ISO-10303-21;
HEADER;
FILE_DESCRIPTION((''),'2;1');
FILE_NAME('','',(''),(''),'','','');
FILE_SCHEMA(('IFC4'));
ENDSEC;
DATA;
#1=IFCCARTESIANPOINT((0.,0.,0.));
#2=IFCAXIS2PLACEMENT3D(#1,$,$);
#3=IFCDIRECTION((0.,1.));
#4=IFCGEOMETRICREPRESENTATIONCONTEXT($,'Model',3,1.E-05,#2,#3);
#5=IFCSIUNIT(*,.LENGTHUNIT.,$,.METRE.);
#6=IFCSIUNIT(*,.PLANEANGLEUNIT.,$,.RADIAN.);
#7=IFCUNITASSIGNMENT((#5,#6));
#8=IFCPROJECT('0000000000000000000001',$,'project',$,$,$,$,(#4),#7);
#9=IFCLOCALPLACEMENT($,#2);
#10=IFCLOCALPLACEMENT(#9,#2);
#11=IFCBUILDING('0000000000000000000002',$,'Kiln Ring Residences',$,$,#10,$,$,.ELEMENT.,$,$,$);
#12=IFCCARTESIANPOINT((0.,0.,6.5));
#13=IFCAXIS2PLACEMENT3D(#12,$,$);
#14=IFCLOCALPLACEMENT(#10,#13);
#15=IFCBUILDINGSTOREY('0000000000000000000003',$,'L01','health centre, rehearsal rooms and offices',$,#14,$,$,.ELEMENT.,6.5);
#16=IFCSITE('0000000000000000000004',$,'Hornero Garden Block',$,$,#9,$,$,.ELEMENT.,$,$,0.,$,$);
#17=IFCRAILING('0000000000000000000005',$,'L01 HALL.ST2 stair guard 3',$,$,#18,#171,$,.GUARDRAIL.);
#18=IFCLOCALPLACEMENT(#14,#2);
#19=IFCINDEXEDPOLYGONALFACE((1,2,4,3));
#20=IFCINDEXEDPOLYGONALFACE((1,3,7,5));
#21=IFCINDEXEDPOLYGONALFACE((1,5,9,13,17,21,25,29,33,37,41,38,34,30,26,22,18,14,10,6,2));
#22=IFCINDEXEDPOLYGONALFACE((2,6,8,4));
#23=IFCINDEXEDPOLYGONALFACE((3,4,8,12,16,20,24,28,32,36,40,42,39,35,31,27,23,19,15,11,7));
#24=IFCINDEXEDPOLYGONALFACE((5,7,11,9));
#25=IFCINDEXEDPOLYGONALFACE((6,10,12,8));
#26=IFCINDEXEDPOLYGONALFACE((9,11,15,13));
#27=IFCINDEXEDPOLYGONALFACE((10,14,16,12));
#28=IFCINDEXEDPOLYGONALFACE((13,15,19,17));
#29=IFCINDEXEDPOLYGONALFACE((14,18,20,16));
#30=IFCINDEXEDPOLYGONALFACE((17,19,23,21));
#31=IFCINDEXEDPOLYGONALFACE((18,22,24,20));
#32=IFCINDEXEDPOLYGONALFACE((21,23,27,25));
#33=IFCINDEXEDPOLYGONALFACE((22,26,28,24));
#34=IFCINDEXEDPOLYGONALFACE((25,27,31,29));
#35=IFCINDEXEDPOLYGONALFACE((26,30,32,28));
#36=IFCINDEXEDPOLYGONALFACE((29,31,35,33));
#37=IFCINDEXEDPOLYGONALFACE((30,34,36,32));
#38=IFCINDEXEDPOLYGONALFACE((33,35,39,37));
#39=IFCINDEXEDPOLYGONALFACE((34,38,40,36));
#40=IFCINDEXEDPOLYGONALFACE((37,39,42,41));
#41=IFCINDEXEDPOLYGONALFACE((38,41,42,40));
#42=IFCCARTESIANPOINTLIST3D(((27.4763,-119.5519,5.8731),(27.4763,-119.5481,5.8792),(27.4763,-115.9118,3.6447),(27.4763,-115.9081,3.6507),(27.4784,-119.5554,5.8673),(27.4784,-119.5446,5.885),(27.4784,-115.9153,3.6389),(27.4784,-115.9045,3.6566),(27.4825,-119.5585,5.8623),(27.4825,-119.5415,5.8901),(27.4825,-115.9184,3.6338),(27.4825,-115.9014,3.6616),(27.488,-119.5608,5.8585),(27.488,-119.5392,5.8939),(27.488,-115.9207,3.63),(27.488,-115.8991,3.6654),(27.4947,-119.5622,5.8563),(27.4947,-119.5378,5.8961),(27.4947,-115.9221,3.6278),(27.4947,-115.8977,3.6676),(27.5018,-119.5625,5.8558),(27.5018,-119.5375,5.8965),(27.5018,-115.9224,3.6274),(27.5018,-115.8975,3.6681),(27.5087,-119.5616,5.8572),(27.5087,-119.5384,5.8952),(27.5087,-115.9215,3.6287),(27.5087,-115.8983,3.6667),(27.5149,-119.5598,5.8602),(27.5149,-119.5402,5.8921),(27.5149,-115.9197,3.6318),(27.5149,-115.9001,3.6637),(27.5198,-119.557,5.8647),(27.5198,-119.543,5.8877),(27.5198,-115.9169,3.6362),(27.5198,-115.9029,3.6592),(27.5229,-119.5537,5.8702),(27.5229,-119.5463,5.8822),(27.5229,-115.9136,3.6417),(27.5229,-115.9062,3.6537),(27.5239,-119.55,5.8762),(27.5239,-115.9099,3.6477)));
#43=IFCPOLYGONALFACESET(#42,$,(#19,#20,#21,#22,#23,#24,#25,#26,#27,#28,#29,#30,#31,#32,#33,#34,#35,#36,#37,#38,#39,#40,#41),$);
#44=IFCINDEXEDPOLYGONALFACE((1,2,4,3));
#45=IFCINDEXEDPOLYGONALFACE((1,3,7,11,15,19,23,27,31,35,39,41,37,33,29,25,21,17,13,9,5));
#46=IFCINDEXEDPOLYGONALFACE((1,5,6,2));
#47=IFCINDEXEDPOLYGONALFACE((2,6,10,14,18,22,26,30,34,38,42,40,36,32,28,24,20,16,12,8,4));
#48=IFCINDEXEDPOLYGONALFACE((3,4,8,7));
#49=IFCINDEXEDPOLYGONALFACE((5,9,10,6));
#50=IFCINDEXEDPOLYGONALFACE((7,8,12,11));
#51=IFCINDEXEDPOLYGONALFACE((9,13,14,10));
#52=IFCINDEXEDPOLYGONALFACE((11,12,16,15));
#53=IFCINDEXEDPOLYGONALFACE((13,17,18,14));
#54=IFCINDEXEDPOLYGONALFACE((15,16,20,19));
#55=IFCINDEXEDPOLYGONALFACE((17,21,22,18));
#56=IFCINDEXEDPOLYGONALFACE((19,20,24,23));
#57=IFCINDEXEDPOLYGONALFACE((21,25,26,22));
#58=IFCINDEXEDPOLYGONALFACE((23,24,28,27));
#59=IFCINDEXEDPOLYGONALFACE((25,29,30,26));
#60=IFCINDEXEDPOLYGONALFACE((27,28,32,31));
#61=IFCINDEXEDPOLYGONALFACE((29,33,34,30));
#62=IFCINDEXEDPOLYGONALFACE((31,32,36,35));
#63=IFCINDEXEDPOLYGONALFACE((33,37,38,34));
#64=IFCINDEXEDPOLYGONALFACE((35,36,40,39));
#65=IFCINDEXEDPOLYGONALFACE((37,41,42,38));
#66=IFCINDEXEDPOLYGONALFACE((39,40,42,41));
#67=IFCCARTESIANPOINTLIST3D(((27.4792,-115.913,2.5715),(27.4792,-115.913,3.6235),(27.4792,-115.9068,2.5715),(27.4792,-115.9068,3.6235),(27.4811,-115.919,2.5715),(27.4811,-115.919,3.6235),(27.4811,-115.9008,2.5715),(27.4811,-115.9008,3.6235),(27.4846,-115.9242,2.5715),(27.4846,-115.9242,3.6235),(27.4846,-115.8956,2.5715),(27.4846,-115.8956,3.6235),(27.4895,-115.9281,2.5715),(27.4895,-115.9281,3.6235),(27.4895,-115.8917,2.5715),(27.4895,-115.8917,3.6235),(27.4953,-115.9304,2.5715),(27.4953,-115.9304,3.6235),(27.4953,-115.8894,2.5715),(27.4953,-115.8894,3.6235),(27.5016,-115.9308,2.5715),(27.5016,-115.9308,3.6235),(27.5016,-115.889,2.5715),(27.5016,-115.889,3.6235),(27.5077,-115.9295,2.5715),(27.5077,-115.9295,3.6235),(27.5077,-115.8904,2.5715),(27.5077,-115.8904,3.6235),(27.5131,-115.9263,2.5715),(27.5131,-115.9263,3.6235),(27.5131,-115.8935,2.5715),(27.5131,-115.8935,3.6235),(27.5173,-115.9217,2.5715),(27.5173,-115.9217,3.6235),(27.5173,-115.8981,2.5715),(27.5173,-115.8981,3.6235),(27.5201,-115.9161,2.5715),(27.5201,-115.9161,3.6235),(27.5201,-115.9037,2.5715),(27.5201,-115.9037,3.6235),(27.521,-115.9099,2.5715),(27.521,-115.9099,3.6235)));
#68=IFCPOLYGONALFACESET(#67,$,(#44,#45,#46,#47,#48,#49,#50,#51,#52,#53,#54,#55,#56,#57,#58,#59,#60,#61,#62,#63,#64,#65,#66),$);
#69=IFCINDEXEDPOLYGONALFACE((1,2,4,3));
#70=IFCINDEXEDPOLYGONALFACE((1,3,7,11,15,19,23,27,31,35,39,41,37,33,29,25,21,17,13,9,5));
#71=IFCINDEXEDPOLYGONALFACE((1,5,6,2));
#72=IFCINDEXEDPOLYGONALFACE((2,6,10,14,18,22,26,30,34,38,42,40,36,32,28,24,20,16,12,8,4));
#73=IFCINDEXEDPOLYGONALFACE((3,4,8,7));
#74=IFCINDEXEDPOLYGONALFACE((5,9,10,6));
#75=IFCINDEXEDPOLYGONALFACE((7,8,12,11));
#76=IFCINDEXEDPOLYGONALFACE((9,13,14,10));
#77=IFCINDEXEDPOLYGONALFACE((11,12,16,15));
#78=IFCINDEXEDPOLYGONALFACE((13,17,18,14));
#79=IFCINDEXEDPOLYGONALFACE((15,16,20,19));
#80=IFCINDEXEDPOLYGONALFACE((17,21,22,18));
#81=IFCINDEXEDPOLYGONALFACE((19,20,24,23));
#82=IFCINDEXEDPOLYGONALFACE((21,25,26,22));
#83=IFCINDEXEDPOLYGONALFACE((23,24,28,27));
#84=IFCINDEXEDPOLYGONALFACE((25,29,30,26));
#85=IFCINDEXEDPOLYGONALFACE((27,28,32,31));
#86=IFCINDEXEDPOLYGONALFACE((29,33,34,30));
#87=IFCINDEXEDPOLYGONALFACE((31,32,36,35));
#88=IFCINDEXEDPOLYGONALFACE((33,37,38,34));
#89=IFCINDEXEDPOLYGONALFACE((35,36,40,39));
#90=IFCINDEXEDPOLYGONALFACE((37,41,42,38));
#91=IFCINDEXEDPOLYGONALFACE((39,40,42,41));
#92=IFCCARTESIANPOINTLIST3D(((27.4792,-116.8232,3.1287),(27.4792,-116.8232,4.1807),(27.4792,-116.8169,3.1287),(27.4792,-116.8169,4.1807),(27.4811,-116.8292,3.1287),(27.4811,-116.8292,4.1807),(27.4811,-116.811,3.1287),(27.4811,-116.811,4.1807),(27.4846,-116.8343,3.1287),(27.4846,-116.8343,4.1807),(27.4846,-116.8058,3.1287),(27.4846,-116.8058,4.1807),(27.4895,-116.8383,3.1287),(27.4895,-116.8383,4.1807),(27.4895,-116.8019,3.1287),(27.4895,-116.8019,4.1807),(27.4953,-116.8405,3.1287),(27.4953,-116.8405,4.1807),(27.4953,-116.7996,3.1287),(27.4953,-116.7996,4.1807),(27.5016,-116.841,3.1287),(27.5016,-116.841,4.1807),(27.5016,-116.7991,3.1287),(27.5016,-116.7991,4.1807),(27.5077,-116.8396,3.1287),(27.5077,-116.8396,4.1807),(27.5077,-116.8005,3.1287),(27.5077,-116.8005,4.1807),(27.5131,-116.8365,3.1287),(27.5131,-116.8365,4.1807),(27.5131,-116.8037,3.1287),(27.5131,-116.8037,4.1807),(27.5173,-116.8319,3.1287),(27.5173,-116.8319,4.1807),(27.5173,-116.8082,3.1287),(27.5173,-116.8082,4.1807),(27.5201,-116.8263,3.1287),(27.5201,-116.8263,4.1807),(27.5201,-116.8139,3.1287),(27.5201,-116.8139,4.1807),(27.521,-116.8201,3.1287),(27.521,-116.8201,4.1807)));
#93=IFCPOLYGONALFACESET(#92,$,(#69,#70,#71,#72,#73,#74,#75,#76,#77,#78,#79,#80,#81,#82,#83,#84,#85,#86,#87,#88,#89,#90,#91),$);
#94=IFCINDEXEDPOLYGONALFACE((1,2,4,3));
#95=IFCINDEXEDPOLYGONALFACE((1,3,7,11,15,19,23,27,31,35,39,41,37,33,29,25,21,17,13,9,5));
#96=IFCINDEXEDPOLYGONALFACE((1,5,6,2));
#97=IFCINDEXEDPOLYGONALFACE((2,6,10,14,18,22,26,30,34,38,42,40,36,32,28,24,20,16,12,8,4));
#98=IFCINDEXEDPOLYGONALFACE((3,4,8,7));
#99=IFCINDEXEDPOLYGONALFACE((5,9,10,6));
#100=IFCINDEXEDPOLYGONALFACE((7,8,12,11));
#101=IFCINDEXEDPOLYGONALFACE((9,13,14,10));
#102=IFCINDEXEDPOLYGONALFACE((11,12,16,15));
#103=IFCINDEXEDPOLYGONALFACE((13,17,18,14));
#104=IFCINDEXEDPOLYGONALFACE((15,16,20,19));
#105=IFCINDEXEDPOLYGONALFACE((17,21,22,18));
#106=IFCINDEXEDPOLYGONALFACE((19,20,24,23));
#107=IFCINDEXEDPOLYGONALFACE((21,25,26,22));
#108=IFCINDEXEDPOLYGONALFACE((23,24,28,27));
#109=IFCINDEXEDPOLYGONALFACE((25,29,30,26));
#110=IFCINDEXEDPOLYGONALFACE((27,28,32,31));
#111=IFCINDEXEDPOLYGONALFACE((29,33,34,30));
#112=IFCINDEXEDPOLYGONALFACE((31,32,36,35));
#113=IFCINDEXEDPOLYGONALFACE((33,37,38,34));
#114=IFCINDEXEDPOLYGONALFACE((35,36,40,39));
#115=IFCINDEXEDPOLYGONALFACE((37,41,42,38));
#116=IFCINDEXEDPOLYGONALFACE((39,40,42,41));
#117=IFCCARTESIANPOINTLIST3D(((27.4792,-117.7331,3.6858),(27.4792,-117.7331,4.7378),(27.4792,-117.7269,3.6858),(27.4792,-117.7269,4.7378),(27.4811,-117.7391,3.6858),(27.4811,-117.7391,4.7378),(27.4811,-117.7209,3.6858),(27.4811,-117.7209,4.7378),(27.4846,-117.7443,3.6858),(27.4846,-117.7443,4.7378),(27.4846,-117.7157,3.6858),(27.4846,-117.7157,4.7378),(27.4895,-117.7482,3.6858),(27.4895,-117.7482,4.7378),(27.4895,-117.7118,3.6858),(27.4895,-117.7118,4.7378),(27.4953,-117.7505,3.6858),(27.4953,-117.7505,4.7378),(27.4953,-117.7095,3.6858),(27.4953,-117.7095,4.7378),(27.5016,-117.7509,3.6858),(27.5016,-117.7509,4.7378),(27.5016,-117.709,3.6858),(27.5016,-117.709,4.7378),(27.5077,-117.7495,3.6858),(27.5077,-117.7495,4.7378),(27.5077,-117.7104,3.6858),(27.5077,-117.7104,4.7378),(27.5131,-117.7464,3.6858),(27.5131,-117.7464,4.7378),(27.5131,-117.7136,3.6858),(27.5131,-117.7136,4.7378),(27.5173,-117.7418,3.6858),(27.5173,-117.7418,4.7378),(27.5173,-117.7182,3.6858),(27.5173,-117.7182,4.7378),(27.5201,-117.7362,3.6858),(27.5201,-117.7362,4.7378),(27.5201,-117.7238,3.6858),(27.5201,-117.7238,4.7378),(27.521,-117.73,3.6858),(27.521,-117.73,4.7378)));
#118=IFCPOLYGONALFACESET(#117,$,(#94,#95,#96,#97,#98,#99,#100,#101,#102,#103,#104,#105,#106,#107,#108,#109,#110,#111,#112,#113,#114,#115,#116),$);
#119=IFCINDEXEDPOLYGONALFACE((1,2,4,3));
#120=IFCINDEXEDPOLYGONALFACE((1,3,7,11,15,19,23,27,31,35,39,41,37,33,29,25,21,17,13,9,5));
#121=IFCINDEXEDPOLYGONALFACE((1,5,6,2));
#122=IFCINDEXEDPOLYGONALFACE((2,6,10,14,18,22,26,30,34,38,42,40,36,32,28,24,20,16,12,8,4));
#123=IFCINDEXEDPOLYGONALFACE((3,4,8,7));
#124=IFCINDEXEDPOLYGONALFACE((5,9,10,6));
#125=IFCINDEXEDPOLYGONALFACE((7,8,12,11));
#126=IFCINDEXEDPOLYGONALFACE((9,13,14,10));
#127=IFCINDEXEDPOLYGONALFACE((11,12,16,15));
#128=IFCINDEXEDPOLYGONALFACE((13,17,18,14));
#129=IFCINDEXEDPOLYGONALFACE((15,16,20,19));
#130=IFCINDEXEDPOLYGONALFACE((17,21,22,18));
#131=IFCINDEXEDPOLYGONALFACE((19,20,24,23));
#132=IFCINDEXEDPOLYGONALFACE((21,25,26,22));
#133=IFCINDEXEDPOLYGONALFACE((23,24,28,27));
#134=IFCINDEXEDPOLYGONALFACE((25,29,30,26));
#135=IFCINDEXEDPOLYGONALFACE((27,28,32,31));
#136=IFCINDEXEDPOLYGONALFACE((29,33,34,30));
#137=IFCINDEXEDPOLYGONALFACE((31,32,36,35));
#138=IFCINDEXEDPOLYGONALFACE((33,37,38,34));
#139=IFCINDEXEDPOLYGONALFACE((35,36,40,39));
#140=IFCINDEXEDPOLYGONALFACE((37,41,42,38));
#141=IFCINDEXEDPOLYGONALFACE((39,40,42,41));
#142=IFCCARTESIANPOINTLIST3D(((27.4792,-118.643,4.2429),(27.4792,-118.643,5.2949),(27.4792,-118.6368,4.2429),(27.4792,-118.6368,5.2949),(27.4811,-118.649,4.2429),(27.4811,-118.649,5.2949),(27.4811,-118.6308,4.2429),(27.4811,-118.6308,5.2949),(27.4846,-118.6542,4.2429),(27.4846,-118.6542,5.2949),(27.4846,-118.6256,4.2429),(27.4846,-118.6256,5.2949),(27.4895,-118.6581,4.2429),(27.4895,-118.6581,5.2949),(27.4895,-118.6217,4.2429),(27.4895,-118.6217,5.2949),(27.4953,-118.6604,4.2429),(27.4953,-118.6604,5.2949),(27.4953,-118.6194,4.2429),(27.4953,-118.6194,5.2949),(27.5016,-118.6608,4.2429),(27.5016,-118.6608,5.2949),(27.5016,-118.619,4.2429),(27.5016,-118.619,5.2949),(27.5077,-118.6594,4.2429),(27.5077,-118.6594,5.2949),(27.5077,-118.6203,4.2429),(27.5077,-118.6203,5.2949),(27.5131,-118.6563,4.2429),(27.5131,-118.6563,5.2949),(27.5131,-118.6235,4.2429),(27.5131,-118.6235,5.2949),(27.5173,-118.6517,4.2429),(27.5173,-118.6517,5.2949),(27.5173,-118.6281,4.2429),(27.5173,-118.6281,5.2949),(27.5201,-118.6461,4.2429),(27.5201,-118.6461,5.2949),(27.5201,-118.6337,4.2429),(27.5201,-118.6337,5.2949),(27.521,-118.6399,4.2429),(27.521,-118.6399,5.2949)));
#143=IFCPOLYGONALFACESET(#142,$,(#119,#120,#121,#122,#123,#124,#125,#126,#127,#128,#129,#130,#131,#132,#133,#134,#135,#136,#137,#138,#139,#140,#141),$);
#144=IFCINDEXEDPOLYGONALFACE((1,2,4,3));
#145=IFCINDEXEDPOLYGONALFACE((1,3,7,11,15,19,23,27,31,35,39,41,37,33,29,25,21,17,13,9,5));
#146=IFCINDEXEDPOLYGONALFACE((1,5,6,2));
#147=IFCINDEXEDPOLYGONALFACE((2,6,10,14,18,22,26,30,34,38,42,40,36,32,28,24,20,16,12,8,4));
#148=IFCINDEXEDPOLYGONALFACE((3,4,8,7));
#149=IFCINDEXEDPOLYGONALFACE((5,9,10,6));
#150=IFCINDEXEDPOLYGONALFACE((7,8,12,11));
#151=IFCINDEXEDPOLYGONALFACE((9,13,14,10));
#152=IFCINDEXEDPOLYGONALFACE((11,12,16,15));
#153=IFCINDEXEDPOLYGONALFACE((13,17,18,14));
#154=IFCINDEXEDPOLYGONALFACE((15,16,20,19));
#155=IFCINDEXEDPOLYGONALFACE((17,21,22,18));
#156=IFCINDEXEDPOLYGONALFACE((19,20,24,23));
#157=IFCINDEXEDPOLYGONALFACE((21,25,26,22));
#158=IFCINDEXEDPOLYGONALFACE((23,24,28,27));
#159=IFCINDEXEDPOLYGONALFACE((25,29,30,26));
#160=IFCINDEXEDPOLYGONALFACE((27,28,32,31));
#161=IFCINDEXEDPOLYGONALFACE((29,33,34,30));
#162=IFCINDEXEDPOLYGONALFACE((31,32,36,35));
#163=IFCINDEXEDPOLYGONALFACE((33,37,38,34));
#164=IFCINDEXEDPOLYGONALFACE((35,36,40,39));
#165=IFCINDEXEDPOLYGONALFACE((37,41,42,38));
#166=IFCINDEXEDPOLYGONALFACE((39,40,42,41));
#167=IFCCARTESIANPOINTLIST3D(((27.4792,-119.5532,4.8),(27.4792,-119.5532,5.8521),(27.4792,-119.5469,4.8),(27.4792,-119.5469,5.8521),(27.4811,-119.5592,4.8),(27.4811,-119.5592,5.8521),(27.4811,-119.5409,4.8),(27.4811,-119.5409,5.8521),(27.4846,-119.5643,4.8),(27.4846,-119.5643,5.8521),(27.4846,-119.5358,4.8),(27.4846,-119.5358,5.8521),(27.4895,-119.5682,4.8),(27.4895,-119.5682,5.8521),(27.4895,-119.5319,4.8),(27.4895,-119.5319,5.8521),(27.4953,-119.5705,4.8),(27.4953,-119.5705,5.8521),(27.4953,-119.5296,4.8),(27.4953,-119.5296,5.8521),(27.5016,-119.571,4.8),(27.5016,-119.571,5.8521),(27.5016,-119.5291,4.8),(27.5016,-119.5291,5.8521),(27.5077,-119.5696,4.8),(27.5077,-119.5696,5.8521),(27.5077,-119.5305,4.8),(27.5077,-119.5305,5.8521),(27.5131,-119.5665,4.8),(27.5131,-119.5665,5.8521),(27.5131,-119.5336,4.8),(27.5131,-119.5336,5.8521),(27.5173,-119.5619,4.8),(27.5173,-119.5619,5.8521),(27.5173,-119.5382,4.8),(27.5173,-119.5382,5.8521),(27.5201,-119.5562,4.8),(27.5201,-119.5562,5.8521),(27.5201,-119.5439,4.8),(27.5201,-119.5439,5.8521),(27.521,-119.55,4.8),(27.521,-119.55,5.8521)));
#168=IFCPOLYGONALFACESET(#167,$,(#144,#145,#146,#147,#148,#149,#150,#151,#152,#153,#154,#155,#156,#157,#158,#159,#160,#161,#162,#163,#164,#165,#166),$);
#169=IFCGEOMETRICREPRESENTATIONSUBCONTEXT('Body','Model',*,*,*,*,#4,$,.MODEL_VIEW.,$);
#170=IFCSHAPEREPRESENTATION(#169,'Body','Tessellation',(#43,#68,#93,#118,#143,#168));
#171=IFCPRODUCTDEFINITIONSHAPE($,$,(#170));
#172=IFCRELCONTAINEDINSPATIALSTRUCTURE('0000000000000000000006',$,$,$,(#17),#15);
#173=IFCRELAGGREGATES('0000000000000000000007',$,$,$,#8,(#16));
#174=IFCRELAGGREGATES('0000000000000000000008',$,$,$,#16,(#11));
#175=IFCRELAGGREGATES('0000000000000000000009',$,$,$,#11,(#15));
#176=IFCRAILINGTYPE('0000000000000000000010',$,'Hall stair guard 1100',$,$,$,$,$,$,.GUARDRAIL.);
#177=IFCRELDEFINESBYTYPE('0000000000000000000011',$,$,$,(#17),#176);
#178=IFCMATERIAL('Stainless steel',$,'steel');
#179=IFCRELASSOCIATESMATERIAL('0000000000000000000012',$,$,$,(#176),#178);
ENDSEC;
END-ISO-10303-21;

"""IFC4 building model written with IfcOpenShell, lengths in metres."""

from ifc_helpers import new_model, si_unit, direction, frame, origin, origin_2d, place, context, subcontext, project, spatial, circle, extrude, material, type_object, element, save


model = new_model("IFC4")

# Units and contexts
model_context = context("Model", 3, precision=1e-05, world=origin(), true_north=direction((0.0, 1.0)))
body_context = subcontext(model_context, "Body", "Model", "MODEL_VIEW")
ifc_project = project(units=[si_unit("LENGTHUNIT", "METRE"), si_unit("PLANEANGLEUNIT", "RADIAN")], contexts=[model_context])

# Site, building, storey
site_placement = place(None, origin())
site = spatial("IfcSite", under=ifc_project, at=site_placement, Name="Hornero Garden Block", CompositionType="ELEMENT", RefElevation=0.0)
building_placement = place(site_placement, origin())
building = spatial("IfcBuilding", under=site, at=building_placement, Name="Kiln Ring Residences", CompositionType="ELEMENT")
storey_placement = place(building_placement, frame((0.0, 0.0, 6.5)))
storey = spatial("IfcBuildingStorey", under=building, at=storey_placement, Name="L01", Description="health centre, rehearsal rooms and offices", CompositionType="ELEMENT", Elevation=6.5)

# Railing
ifc_material_1 = material(Name="Stainless steel", Category="steel")
railing_type_1 = type_object("IfcRailingType", Name="Hall stair guard 1100", PredefinedType="GUARDRAIL", material=ifc_material_1)
railing_1_placement = place(storey_placement, frame((27.5, -115.9099, 2.5715)))
element("IfcRailing", 1, at=railing_1_placement, inside=storey, type_object=railing_type_1, Name="L01 HALL.ST2 stair guard 3", PredefinedType="GUARDRAIL", context=body_context, shape_type="SweptSolid", body=[
    extrude(circle(Radius=0.0239, at=origin_2d()), frame((0.0, 0.0, 1.0762), z_axis=(0.0, -0.852866, 0.52213), x_axis=(1.0, 0.0, 0.0)), (0.0, 0.0, 1.0), 4.2681),
    extrude(circle(Radius=0.021, at=origin_2d()), origin(), (0.0, 0.0, 1.0), 1.052),
    extrude(circle(Radius=0.021, at=origin_2d()), frame((0.0, -0.9102, 0.5571)), (0.0, 0.0, 1.0), 1.052),
    extrude(circle(Radius=0.021, at=origin_2d()), frame((0.0, -1.8201, 1.1143)), (0.0, 0.0, 1.0), 1.052),
    extrude(circle(Radius=0.021, at=origin_2d()), frame((0.0, -2.73, 1.6714)), (0.0, 0.0, 1.0), 1.052),
    extrude(circle(Radius=0.021, at=origin_2d()), frame((0.0, -3.6401, 2.2285)), (0.0, 0.0, 1.0), 1.052),
])

save(model, "model.ifc")
